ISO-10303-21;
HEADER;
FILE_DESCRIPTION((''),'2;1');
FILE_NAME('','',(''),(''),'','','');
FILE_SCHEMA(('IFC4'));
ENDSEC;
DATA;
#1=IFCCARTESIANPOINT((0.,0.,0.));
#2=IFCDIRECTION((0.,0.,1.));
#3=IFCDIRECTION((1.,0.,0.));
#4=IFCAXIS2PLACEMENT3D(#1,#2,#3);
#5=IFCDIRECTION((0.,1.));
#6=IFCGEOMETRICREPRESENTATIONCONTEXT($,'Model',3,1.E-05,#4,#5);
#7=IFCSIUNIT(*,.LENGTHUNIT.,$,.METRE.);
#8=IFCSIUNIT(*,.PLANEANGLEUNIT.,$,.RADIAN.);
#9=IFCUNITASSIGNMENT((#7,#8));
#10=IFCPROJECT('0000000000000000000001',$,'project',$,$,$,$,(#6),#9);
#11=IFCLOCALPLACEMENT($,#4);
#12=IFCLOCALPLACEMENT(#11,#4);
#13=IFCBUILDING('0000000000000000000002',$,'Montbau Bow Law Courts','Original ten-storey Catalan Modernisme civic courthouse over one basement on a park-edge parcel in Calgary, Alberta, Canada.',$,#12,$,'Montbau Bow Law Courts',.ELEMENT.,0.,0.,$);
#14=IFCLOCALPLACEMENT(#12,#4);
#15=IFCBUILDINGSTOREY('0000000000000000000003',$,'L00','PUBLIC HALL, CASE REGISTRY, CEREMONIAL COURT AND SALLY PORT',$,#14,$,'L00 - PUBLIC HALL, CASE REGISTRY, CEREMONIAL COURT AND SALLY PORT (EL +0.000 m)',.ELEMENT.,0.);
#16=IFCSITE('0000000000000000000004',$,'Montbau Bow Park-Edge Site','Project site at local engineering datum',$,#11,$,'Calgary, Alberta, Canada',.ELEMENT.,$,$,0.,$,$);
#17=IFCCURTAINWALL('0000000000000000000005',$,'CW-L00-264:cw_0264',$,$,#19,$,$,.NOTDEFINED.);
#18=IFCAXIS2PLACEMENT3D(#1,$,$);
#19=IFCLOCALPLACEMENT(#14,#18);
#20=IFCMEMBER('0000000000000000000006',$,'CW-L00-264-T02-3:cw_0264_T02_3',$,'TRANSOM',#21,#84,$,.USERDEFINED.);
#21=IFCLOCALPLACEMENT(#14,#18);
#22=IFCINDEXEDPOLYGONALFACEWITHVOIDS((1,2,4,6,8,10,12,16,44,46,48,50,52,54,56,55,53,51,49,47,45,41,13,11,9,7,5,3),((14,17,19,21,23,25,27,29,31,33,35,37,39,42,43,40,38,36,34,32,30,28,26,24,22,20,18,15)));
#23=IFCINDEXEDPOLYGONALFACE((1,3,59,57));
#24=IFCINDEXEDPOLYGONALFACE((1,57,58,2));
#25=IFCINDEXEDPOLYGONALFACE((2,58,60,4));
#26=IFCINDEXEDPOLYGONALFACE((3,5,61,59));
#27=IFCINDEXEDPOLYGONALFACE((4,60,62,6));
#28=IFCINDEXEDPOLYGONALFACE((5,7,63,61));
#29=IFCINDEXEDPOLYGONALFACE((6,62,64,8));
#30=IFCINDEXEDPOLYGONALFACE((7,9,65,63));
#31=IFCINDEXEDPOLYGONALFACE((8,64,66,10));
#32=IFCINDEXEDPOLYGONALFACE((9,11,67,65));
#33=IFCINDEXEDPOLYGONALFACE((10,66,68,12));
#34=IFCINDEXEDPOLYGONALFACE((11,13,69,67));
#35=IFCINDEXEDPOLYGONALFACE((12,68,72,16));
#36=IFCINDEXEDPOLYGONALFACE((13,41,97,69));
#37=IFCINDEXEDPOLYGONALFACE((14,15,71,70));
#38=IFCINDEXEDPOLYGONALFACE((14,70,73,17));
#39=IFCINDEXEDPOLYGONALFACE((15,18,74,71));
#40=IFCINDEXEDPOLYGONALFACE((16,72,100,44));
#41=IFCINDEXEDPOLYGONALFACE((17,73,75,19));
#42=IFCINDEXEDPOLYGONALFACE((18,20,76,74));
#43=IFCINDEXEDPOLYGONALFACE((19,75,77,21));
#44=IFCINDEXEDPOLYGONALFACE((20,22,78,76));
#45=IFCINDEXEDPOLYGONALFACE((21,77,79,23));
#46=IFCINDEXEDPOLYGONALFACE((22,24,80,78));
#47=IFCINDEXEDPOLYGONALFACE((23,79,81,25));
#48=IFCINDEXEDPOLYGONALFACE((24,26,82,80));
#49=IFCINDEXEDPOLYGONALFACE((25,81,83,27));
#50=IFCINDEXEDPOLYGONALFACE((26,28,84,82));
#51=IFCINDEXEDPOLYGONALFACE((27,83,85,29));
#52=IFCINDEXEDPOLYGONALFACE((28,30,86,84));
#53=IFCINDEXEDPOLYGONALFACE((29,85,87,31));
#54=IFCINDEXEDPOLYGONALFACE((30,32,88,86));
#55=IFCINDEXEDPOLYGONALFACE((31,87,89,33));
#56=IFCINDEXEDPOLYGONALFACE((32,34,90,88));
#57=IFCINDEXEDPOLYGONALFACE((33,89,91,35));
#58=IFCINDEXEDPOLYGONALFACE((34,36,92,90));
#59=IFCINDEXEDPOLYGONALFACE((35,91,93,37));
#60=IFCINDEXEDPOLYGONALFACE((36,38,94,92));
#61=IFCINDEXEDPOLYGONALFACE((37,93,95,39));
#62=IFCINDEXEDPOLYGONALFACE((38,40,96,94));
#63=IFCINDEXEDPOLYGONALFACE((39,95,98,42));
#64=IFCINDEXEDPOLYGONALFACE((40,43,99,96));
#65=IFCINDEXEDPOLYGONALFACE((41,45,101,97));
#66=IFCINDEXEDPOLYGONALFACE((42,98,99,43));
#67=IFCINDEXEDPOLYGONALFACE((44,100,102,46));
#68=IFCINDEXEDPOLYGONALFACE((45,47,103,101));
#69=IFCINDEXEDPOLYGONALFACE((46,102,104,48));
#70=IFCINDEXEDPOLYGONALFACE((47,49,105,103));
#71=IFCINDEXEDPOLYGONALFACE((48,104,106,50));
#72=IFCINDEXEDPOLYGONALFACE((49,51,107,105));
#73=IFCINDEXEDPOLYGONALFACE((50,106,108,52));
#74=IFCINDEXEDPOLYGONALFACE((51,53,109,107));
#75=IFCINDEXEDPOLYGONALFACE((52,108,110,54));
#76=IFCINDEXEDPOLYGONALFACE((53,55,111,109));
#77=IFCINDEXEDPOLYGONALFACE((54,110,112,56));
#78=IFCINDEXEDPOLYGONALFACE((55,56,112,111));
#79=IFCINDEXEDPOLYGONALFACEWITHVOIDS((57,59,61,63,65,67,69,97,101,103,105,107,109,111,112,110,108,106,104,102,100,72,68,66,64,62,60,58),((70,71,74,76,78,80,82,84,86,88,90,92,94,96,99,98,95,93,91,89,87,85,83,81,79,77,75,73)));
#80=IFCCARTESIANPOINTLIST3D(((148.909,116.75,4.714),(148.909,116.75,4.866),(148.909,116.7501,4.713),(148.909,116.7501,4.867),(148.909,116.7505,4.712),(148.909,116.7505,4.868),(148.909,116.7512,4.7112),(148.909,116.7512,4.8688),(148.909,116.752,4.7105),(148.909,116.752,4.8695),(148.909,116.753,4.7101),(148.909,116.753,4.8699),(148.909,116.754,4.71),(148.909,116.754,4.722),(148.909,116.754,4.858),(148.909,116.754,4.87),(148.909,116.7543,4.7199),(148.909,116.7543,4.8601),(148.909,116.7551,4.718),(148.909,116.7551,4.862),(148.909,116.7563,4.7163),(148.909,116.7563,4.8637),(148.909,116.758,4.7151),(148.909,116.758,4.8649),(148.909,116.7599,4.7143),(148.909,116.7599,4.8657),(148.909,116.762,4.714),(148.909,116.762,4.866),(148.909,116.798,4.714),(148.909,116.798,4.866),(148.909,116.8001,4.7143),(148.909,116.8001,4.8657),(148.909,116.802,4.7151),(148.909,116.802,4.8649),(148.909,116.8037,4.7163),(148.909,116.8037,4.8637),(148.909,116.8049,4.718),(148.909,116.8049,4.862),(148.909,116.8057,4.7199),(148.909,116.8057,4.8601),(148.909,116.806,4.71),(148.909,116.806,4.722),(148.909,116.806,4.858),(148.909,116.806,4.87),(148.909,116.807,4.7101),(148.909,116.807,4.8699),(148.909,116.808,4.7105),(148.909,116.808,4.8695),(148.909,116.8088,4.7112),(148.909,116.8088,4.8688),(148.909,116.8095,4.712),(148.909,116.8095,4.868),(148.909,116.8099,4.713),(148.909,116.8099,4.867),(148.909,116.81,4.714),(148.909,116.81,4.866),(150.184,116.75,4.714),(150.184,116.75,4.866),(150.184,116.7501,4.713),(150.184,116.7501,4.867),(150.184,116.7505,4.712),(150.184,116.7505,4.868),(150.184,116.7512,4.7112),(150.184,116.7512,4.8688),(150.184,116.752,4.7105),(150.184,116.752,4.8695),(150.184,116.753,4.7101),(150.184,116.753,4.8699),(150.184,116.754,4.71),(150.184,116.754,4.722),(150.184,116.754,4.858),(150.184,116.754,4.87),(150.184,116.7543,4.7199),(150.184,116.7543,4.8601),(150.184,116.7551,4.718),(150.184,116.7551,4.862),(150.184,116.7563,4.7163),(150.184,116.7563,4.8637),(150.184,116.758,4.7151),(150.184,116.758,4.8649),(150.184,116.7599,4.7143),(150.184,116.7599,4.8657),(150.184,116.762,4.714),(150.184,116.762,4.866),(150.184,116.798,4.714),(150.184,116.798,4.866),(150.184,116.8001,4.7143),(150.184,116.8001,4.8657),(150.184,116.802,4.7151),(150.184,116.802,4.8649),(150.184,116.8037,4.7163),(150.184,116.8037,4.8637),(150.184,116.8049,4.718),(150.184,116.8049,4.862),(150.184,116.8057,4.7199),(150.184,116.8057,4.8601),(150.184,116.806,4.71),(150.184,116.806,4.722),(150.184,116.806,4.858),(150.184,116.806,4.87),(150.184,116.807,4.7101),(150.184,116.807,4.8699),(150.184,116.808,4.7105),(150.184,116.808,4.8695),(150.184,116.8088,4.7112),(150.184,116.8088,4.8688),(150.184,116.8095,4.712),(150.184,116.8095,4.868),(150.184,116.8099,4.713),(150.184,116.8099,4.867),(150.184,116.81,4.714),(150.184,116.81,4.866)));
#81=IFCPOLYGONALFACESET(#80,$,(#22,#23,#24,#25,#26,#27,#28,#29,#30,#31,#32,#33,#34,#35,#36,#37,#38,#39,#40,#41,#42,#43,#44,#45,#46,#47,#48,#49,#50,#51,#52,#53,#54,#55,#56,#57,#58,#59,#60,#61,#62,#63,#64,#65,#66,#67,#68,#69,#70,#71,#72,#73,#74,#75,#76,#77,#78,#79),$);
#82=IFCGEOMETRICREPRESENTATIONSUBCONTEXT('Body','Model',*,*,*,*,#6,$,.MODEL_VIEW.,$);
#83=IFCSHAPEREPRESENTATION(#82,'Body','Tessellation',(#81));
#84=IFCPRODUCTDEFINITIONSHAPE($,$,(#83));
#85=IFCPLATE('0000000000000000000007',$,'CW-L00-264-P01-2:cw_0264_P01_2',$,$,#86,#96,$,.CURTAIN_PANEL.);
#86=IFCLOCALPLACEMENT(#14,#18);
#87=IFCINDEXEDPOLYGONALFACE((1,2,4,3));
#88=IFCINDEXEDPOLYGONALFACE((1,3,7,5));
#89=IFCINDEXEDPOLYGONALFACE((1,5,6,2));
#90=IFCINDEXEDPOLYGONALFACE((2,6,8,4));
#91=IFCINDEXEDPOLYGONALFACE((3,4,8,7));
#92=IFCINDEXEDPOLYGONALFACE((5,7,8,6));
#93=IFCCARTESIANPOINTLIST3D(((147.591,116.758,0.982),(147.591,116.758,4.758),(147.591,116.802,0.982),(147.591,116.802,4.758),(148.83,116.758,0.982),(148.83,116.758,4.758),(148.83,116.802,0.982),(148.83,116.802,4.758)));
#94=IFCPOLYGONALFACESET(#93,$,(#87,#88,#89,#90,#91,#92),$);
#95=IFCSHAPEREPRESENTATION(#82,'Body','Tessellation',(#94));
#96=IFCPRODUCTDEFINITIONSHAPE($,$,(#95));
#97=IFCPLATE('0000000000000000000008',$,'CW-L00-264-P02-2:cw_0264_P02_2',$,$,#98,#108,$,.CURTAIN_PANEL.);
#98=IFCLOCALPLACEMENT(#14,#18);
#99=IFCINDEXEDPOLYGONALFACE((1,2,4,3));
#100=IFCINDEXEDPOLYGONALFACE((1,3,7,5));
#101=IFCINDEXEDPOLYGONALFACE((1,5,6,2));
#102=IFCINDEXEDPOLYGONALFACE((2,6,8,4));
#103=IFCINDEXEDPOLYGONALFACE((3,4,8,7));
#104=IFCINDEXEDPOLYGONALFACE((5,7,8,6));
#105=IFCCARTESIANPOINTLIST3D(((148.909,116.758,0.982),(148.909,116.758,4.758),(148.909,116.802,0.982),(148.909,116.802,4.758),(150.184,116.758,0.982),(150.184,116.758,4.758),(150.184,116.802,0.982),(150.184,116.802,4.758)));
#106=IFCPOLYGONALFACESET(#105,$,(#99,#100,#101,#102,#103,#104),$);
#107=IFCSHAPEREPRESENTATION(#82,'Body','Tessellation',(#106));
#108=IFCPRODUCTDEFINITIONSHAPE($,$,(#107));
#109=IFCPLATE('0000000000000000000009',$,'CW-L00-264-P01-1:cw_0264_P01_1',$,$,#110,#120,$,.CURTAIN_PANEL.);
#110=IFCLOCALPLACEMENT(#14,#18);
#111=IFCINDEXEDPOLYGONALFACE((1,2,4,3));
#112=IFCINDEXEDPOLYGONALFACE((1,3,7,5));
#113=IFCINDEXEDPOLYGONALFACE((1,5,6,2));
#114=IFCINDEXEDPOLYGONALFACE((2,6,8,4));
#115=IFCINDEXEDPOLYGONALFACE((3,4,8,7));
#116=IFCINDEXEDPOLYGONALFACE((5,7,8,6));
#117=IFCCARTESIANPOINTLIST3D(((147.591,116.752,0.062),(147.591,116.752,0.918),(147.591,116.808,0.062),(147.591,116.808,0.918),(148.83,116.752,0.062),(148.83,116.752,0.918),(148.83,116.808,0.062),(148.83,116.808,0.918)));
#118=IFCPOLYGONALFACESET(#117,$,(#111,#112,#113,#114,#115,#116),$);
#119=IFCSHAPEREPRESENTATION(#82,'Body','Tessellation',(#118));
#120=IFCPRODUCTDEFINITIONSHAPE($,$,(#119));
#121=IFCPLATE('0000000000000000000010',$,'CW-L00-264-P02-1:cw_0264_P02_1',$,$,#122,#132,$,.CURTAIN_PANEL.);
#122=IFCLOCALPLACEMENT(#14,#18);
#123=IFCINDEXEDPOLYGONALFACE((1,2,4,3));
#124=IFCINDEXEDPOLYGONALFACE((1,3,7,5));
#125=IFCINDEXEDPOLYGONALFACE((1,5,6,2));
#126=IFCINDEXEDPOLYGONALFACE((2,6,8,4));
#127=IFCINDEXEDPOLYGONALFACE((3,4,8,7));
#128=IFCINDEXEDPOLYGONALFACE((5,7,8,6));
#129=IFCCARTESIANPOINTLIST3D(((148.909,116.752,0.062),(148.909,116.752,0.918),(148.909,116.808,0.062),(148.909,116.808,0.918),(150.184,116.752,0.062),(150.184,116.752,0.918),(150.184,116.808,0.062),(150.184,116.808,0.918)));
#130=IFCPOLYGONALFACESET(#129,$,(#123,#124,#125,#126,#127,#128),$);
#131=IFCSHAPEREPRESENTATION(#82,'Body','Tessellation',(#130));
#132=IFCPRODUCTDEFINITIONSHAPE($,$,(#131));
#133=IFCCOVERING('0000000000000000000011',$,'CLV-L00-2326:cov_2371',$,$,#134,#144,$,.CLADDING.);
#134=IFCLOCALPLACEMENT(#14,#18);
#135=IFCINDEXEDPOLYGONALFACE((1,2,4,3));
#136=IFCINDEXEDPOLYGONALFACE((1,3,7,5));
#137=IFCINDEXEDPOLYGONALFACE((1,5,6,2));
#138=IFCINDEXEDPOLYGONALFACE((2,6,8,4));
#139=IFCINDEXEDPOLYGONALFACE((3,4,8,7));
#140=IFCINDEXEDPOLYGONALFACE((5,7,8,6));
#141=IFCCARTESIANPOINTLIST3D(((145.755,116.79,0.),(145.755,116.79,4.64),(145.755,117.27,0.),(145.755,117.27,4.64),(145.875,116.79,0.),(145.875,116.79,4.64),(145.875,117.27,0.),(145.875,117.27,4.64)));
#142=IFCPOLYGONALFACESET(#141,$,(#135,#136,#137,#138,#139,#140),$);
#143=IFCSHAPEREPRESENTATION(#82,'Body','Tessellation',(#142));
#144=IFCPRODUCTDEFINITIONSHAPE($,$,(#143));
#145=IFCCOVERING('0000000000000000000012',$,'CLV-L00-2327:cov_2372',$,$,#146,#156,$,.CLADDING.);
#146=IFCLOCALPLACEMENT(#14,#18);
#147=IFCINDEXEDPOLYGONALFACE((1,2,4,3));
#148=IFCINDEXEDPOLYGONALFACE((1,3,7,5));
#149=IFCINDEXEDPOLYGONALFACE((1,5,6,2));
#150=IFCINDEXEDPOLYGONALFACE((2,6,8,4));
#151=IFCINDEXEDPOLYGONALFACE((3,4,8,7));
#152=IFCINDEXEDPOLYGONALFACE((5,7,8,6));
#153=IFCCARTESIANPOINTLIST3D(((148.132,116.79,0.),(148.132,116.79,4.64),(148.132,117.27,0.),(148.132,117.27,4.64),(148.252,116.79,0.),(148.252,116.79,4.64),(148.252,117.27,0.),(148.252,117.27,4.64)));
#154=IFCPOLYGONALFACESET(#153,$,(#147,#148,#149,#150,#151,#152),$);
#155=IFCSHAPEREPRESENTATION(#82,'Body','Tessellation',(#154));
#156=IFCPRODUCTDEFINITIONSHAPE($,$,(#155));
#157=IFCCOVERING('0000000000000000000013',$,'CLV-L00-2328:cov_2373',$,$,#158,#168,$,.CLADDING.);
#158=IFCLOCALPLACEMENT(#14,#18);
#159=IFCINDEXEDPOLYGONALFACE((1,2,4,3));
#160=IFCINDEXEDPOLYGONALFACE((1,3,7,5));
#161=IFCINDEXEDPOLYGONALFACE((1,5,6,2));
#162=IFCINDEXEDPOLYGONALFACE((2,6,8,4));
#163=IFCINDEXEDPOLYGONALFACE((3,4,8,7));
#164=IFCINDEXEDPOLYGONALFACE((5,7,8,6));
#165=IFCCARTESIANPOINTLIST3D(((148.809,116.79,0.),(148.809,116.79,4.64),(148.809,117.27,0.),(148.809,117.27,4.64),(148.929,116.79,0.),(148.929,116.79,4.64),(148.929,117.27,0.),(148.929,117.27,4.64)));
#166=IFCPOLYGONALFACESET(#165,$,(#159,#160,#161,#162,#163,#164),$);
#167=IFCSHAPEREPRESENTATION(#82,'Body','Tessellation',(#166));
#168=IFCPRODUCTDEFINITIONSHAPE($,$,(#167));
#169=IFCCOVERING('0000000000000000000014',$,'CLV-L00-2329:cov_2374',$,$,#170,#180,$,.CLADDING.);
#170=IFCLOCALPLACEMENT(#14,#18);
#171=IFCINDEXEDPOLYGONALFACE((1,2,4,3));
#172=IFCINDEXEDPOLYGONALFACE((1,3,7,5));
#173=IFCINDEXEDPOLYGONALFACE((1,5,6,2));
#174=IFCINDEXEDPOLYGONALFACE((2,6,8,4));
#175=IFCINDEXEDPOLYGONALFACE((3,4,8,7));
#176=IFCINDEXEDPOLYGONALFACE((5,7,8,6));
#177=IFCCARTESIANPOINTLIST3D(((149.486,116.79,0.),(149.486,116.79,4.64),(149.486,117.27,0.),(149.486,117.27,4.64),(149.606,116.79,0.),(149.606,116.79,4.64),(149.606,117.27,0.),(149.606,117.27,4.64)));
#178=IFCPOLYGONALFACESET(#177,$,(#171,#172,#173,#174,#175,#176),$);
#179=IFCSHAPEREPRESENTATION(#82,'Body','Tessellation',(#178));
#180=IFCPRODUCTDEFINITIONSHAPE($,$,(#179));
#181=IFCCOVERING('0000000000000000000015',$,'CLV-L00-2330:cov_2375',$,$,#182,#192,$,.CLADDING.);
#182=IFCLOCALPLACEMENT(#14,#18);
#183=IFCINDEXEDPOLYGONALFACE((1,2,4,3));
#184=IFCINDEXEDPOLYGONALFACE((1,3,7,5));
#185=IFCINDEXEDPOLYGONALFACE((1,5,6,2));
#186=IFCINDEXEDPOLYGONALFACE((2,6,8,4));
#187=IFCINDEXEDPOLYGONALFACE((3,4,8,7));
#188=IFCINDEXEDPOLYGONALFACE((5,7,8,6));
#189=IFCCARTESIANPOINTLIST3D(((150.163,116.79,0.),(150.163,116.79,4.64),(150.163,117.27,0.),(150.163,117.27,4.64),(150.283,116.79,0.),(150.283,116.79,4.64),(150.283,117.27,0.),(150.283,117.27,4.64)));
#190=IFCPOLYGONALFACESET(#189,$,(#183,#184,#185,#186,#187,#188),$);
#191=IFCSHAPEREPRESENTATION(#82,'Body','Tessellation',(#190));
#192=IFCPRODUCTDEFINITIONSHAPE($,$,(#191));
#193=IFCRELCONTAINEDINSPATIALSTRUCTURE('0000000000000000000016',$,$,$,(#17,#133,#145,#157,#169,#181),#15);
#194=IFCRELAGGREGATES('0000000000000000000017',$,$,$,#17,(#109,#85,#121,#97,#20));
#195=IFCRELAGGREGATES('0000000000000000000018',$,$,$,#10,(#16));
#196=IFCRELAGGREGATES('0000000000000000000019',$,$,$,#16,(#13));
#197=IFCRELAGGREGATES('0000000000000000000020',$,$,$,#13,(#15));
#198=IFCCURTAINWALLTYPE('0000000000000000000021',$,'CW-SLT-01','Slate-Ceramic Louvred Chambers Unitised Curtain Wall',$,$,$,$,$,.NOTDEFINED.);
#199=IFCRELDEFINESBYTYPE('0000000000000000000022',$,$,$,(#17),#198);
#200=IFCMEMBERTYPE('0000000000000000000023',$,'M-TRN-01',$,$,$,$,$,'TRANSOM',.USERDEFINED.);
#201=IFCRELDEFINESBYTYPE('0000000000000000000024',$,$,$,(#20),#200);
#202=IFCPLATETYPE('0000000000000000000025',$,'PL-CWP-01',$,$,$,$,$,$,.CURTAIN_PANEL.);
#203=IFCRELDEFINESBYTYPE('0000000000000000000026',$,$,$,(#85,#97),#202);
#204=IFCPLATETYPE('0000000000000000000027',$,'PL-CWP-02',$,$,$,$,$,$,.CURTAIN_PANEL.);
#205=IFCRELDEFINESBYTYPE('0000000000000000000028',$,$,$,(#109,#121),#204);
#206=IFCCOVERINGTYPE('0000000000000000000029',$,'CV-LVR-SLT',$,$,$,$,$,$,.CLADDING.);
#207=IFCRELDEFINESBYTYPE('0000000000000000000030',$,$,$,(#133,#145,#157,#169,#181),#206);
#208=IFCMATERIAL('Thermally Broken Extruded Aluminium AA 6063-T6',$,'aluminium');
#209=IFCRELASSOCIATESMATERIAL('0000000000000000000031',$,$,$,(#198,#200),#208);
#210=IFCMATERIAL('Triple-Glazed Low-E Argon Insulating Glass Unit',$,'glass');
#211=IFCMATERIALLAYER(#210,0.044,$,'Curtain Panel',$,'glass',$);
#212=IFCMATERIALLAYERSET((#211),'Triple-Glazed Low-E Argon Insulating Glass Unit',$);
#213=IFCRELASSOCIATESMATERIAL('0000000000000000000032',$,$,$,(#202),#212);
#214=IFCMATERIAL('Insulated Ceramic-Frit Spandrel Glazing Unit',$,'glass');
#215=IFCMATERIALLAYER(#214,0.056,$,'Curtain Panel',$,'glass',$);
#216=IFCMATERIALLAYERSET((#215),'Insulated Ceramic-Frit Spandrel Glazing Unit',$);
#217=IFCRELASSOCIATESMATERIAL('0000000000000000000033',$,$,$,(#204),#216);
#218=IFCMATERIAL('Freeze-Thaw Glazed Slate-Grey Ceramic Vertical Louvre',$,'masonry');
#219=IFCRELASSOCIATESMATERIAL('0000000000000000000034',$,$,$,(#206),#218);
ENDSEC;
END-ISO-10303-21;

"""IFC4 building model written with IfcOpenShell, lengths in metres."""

from ifc_helpers import new_model, si_unit, direction, frame, frame_2d, origin_with_axes, origin_2d_with_axis, place, context, subcontext, project, spatial, rectangle, hollow_rectangle, extrude, material, layer, layer_set, material_profile, profile_set, type_object, element, aggregate, save


model = new_model("IFC4")

# Units and contexts
model_context = context("Model", 3, precision=1e-05, world=origin_with_axes(), true_north=direction((0.0, 1.0)))
body_context = subcontext(model_context, "Body", "Model", "MODEL_VIEW")
ifc_project = project(units=[si_unit("LENGTHUNIT", "METRE"), si_unit("PLANEANGLEUNIT", "RADIAN")], contexts=[model_context])

# Site, building, storey
site_placement = place(None, origin_with_axes())
site = spatial("IfcSite", under=ifc_project, at=site_placement, Name="Montbau Bow Park-Edge Site", Description="Project site at local engineering datum", LongName="Calgary, Alberta, Canada", CompositionType="ELEMENT", RefElevation=0.0)
building_placement = place(site_placement, origin_with_axes())
building = spatial("IfcBuilding", under=site, at=building_placement, Name="Montbau Bow Law Courts", Description="Original ten-storey Catalan Modernisme civic courthouse over one basement on a park-edge parcel in Calgary, Alberta, Canada.", LongName="Montbau Bow Law Courts", CompositionType="ELEMENT", ElevationOfRefHeight=0.0, ElevationOfTerrain=0.0)
storey_placement = place(building_placement, origin_with_axes())
storey = spatial("IfcBuildingStorey", under=building, at=storey_placement, Name="L00", Description="PUBLIC HALL, CASE REGISTRY, CEREMONIAL COURT AND SALLY PORT", LongName="L00 - PUBLIC HALL, CASE REGISTRY, CEREMONIAL COURT AND SALLY PORT (EL +0.000 m)", CompositionType="ELEMENT", Elevation=0.0)

# Curtain wall
ifc_material_1 = material(Name="Thermally Broken Extruded Aluminium AA 6063-T6", Category="aluminium")
curtain_wall_type = type_object("IfcCurtainWallType", Name="CW-SLT-01", Description="Slate-Ceramic Louvred Chambers Unitised Curtain Wall", PredefinedType="NOTDEFINED", material=ifc_material_1)
curtain_wall_1_placement = place(None, frame((147.515, 116.78, 0.0), z_axis=(0.0, 0.0, 1.0), x_axis=(1.0, 0.0, 0.0)))
curtain_wall_1 = element("IfcCurtainWall", 1, at=curtain_wall_1_placement, inside=storey, type_object=curtain_wall_type, Name="CW-L00-264:cw_0264", PredefinedType="NOTDEFINED")

# Member
ifc_material_profile_1 = material_profile(ifc_material_1, hollow_rectangle(XDim=0.06, YDim=0.16, WallThickness=0.004, InnerFilletRadius=0.008, OuterFilletRadius=0.004, at=origin_2d_with_axis()), Name="CWT-160X60", Category="Main", Priority=0)
ifc_profile_set_1 = profile_set([ifc_material_profile_1], Name="Thermally Broken Extruded Aluminium AA 6063-T6")
member_type_1 = type_object("IfcMemberType", Name="M-TRN-01", ElementType="TRANSOM", PredefinedType="USERDEFINED", material=ifc_profile_set_1)
member_1_placement = place(None, frame((148.909, 116.78, 4.79), z_axis=(1.0, 0.0, 0.0), x_axis=(0.0, 1.0, 0.0)))
member_1 = element("IfcMember", 2, at=member_1_placement, type_object=member_type_1, Name="CW-L00-264-T02-3:cw_0264_T02_3", ObjectType="TRANSOM", PredefinedType="USERDEFINED", context=body_context, shape_type="SweptSolid", body=[
    extrude(hollow_rectangle(XDim=0.06, YDim=0.16, WallThickness=0.004, InnerFilletRadius=0.008, OuterFilletRadius=0.004, at=origin_2d_with_axis()), origin_with_axes(), (0.0, 0.0, 1.0), 1.275),
])

# Plates
ifc_material_2 = material(Name="Triple-Glazed Low-E Argon Insulating Glass Unit", Category="glass")
ifc_layer_1 = layer(ifc_material_2, 0.044, Name="Curtain Panel", Category="glass")
ifc_layer_set_1 = layer_set([ifc_layer_1], Name="Triple-Glazed Low-E Argon Insulating Glass Unit")
plate_type_1 = type_object("IfcPlateType", Name="PL-CWP-01", PredefinedType="CURTAIN_PANEL", material=ifc_layer_set_1)
plate_1_placement = place(None, frame((147.591, 116.78, 0.982), z_axis=(0.0, -1.0, 0.0), x_axis=(1.0, 0.0, 0.0)))
plate_1 = element("IfcPlate", 3, at=plate_1_placement, type_object=plate_type_1, Name="CW-L00-264-P01-2:cw_0264_P01_2", PredefinedType="CURTAIN_PANEL", context=body_context, shape_type="SweptSolid", body=[
    extrude(rectangle(XDim=1.239, YDim=3.776, at=frame_2d((0.6195, 1.888), x_axis=(1.0, 0.0))), frame((0.0, 0.0, -0.022), z_axis=(0.0, 0.0, 1.0), x_axis=(1.0, 0.0, 0.0)), (0.0, 0.0, 1.0), 0.044),
])
plate_2_placement = place(None, frame((148.909, 116.78, 0.982), z_axis=(0.0, -1.0, 0.0), x_axis=(1.0, 0.0, 0.0)))
plate_2 = element("IfcPlate", 4, at=plate_2_placement, type_object=plate_type_1, Name="CW-L00-264-P02-2:cw_0264_P02_2", PredefinedType="CURTAIN_PANEL", context=body_context, shape_type="SweptSolid", body=[
    extrude(rectangle(XDim=1.275, YDim=3.776, at=frame_2d((0.6375, 1.888), x_axis=(1.0, 0.0))), frame((0.0, 0.0, -0.022), z_axis=(0.0, 0.0, 1.0), x_axis=(1.0, 0.0, 0.0)), (0.0, 0.0, 1.0), 0.044),
])
ifc_material_3 = material(Name="Insulated Ceramic-Frit Spandrel Glazing Unit", Category="glass")
ifc_layer_2 = layer(ifc_material_3, 0.056, Name="Curtain Panel", Category="glass")
ifc_layer_set_2 = layer_set([ifc_layer_2], Name="Insulated Ceramic-Frit Spandrel Glazing Unit")
plate_type_2 = type_object("IfcPlateType", Name="PL-CWP-02", PredefinedType="CURTAIN_PANEL", material=ifc_layer_set_2)
plate_3_placement = place(None, frame((147.591, 116.78, 0.062), z_axis=(0.0, -1.0, 0.0), x_axis=(1.0, 0.0, 0.0)))
plate_3 = element("IfcPlate", 5, at=plate_3_placement, type_object=plate_type_2, Name="CW-L00-264-P01-1:cw_0264_P01_1", PredefinedType="CURTAIN_PANEL", context=body_context, shape_type="SweptSolid", body=[
    extrude(rectangle(XDim=1.239, YDim=0.856, at=frame_2d((0.6195, 0.428), x_axis=(1.0, 0.0))), frame((0.0, 0.0, -0.028), z_axis=(0.0, 0.0, 1.0), x_axis=(1.0, 0.0, 0.0)), (0.0, 0.0, 1.0), 0.056),
])
plate_4_placement = place(None, frame((148.909, 116.78, 0.062), z_axis=(0.0, -1.0, 0.0), x_axis=(1.0, 0.0, 0.0)))
plate_4 = element("IfcPlate", 6, at=plate_4_placement, type_object=plate_type_2, Name="CW-L00-264-P02-1:cw_0264_P02_1", PredefinedType="CURTAIN_PANEL", context=body_context, shape_type="SweptSolid", body=[
    extrude(rectangle(XDim=1.275, YDim=0.856, at=frame_2d((0.6375, 0.428), x_axis=(1.0, 0.0))), frame((0.0, 0.0, -0.028), z_axis=(0.0, 0.0, 1.0), x_axis=(1.0, 0.0, 0.0)), (0.0, 0.0, 1.0), 0.056),
])
aggregate(curtain_wall_1, [plate_3, plate_1, plate_4, plate_2, member_1])

# Coverings
ifc_material_4 = material(Name="Freeze-Thaw Glazed Slate-Grey Ceramic Vertical Louvre", Category="masonry")
covering_type = type_object("IfcCoveringType", Name="CV-LVR-SLT", PredefinedType="CLADDING", material=ifc_material_4)
for number, where, z_axis, x_axis, name in (
    (7, (145.815, 116.79, 0.0), (1.0, 0.0, 0.0), (0.0, 1.0, 0.0), "CLV-L00-2326:cov_2371"),
    (8, (148.192, 116.79, 0.0), (1.0, 0.0, 0.0), (0.0, 1.0, 0.0), "CLV-L00-2327:cov_2372"),
    (9, (148.869, 116.79, 0.0), (1.0, 0.0, 0.0), (0.0, 1.0, 0.0), "CLV-L00-2328:cov_2373"),
    (10, (149.546, 116.79, 0.0), (1.0, 0.0, 0.0), (0.0, 1.0, 0.0), "CLV-L00-2329:cov_2374"),
    (11, (150.223, 116.79, 0.0), (1.0, 0.0, 0.0), (0.0, 1.0, 0.0), "CLV-L00-2330:cov_2375"),
):
    element("IfcCovering", number, at=place(None, frame(where, z_axis=z_axis, x_axis=x_axis)), inside=storey, type_object=covering_type, Name=name, PredefinedType="CLADDING", context=body_context, shape_type="SweptSolid", body=[
        extrude(rectangle(XDim=0.48, YDim=4.64, at=frame_2d((0.24, 2.32), x_axis=(1.0, 0.0))), frame((0.0, 0.0, -0.06), z_axis=(0.0, 0.0, 1.0), x_axis=(1.0, 0.0, 0.0)), (0.0, 0.0, 1.0), 0.12),
    ])

save(model, "model.ifc")
